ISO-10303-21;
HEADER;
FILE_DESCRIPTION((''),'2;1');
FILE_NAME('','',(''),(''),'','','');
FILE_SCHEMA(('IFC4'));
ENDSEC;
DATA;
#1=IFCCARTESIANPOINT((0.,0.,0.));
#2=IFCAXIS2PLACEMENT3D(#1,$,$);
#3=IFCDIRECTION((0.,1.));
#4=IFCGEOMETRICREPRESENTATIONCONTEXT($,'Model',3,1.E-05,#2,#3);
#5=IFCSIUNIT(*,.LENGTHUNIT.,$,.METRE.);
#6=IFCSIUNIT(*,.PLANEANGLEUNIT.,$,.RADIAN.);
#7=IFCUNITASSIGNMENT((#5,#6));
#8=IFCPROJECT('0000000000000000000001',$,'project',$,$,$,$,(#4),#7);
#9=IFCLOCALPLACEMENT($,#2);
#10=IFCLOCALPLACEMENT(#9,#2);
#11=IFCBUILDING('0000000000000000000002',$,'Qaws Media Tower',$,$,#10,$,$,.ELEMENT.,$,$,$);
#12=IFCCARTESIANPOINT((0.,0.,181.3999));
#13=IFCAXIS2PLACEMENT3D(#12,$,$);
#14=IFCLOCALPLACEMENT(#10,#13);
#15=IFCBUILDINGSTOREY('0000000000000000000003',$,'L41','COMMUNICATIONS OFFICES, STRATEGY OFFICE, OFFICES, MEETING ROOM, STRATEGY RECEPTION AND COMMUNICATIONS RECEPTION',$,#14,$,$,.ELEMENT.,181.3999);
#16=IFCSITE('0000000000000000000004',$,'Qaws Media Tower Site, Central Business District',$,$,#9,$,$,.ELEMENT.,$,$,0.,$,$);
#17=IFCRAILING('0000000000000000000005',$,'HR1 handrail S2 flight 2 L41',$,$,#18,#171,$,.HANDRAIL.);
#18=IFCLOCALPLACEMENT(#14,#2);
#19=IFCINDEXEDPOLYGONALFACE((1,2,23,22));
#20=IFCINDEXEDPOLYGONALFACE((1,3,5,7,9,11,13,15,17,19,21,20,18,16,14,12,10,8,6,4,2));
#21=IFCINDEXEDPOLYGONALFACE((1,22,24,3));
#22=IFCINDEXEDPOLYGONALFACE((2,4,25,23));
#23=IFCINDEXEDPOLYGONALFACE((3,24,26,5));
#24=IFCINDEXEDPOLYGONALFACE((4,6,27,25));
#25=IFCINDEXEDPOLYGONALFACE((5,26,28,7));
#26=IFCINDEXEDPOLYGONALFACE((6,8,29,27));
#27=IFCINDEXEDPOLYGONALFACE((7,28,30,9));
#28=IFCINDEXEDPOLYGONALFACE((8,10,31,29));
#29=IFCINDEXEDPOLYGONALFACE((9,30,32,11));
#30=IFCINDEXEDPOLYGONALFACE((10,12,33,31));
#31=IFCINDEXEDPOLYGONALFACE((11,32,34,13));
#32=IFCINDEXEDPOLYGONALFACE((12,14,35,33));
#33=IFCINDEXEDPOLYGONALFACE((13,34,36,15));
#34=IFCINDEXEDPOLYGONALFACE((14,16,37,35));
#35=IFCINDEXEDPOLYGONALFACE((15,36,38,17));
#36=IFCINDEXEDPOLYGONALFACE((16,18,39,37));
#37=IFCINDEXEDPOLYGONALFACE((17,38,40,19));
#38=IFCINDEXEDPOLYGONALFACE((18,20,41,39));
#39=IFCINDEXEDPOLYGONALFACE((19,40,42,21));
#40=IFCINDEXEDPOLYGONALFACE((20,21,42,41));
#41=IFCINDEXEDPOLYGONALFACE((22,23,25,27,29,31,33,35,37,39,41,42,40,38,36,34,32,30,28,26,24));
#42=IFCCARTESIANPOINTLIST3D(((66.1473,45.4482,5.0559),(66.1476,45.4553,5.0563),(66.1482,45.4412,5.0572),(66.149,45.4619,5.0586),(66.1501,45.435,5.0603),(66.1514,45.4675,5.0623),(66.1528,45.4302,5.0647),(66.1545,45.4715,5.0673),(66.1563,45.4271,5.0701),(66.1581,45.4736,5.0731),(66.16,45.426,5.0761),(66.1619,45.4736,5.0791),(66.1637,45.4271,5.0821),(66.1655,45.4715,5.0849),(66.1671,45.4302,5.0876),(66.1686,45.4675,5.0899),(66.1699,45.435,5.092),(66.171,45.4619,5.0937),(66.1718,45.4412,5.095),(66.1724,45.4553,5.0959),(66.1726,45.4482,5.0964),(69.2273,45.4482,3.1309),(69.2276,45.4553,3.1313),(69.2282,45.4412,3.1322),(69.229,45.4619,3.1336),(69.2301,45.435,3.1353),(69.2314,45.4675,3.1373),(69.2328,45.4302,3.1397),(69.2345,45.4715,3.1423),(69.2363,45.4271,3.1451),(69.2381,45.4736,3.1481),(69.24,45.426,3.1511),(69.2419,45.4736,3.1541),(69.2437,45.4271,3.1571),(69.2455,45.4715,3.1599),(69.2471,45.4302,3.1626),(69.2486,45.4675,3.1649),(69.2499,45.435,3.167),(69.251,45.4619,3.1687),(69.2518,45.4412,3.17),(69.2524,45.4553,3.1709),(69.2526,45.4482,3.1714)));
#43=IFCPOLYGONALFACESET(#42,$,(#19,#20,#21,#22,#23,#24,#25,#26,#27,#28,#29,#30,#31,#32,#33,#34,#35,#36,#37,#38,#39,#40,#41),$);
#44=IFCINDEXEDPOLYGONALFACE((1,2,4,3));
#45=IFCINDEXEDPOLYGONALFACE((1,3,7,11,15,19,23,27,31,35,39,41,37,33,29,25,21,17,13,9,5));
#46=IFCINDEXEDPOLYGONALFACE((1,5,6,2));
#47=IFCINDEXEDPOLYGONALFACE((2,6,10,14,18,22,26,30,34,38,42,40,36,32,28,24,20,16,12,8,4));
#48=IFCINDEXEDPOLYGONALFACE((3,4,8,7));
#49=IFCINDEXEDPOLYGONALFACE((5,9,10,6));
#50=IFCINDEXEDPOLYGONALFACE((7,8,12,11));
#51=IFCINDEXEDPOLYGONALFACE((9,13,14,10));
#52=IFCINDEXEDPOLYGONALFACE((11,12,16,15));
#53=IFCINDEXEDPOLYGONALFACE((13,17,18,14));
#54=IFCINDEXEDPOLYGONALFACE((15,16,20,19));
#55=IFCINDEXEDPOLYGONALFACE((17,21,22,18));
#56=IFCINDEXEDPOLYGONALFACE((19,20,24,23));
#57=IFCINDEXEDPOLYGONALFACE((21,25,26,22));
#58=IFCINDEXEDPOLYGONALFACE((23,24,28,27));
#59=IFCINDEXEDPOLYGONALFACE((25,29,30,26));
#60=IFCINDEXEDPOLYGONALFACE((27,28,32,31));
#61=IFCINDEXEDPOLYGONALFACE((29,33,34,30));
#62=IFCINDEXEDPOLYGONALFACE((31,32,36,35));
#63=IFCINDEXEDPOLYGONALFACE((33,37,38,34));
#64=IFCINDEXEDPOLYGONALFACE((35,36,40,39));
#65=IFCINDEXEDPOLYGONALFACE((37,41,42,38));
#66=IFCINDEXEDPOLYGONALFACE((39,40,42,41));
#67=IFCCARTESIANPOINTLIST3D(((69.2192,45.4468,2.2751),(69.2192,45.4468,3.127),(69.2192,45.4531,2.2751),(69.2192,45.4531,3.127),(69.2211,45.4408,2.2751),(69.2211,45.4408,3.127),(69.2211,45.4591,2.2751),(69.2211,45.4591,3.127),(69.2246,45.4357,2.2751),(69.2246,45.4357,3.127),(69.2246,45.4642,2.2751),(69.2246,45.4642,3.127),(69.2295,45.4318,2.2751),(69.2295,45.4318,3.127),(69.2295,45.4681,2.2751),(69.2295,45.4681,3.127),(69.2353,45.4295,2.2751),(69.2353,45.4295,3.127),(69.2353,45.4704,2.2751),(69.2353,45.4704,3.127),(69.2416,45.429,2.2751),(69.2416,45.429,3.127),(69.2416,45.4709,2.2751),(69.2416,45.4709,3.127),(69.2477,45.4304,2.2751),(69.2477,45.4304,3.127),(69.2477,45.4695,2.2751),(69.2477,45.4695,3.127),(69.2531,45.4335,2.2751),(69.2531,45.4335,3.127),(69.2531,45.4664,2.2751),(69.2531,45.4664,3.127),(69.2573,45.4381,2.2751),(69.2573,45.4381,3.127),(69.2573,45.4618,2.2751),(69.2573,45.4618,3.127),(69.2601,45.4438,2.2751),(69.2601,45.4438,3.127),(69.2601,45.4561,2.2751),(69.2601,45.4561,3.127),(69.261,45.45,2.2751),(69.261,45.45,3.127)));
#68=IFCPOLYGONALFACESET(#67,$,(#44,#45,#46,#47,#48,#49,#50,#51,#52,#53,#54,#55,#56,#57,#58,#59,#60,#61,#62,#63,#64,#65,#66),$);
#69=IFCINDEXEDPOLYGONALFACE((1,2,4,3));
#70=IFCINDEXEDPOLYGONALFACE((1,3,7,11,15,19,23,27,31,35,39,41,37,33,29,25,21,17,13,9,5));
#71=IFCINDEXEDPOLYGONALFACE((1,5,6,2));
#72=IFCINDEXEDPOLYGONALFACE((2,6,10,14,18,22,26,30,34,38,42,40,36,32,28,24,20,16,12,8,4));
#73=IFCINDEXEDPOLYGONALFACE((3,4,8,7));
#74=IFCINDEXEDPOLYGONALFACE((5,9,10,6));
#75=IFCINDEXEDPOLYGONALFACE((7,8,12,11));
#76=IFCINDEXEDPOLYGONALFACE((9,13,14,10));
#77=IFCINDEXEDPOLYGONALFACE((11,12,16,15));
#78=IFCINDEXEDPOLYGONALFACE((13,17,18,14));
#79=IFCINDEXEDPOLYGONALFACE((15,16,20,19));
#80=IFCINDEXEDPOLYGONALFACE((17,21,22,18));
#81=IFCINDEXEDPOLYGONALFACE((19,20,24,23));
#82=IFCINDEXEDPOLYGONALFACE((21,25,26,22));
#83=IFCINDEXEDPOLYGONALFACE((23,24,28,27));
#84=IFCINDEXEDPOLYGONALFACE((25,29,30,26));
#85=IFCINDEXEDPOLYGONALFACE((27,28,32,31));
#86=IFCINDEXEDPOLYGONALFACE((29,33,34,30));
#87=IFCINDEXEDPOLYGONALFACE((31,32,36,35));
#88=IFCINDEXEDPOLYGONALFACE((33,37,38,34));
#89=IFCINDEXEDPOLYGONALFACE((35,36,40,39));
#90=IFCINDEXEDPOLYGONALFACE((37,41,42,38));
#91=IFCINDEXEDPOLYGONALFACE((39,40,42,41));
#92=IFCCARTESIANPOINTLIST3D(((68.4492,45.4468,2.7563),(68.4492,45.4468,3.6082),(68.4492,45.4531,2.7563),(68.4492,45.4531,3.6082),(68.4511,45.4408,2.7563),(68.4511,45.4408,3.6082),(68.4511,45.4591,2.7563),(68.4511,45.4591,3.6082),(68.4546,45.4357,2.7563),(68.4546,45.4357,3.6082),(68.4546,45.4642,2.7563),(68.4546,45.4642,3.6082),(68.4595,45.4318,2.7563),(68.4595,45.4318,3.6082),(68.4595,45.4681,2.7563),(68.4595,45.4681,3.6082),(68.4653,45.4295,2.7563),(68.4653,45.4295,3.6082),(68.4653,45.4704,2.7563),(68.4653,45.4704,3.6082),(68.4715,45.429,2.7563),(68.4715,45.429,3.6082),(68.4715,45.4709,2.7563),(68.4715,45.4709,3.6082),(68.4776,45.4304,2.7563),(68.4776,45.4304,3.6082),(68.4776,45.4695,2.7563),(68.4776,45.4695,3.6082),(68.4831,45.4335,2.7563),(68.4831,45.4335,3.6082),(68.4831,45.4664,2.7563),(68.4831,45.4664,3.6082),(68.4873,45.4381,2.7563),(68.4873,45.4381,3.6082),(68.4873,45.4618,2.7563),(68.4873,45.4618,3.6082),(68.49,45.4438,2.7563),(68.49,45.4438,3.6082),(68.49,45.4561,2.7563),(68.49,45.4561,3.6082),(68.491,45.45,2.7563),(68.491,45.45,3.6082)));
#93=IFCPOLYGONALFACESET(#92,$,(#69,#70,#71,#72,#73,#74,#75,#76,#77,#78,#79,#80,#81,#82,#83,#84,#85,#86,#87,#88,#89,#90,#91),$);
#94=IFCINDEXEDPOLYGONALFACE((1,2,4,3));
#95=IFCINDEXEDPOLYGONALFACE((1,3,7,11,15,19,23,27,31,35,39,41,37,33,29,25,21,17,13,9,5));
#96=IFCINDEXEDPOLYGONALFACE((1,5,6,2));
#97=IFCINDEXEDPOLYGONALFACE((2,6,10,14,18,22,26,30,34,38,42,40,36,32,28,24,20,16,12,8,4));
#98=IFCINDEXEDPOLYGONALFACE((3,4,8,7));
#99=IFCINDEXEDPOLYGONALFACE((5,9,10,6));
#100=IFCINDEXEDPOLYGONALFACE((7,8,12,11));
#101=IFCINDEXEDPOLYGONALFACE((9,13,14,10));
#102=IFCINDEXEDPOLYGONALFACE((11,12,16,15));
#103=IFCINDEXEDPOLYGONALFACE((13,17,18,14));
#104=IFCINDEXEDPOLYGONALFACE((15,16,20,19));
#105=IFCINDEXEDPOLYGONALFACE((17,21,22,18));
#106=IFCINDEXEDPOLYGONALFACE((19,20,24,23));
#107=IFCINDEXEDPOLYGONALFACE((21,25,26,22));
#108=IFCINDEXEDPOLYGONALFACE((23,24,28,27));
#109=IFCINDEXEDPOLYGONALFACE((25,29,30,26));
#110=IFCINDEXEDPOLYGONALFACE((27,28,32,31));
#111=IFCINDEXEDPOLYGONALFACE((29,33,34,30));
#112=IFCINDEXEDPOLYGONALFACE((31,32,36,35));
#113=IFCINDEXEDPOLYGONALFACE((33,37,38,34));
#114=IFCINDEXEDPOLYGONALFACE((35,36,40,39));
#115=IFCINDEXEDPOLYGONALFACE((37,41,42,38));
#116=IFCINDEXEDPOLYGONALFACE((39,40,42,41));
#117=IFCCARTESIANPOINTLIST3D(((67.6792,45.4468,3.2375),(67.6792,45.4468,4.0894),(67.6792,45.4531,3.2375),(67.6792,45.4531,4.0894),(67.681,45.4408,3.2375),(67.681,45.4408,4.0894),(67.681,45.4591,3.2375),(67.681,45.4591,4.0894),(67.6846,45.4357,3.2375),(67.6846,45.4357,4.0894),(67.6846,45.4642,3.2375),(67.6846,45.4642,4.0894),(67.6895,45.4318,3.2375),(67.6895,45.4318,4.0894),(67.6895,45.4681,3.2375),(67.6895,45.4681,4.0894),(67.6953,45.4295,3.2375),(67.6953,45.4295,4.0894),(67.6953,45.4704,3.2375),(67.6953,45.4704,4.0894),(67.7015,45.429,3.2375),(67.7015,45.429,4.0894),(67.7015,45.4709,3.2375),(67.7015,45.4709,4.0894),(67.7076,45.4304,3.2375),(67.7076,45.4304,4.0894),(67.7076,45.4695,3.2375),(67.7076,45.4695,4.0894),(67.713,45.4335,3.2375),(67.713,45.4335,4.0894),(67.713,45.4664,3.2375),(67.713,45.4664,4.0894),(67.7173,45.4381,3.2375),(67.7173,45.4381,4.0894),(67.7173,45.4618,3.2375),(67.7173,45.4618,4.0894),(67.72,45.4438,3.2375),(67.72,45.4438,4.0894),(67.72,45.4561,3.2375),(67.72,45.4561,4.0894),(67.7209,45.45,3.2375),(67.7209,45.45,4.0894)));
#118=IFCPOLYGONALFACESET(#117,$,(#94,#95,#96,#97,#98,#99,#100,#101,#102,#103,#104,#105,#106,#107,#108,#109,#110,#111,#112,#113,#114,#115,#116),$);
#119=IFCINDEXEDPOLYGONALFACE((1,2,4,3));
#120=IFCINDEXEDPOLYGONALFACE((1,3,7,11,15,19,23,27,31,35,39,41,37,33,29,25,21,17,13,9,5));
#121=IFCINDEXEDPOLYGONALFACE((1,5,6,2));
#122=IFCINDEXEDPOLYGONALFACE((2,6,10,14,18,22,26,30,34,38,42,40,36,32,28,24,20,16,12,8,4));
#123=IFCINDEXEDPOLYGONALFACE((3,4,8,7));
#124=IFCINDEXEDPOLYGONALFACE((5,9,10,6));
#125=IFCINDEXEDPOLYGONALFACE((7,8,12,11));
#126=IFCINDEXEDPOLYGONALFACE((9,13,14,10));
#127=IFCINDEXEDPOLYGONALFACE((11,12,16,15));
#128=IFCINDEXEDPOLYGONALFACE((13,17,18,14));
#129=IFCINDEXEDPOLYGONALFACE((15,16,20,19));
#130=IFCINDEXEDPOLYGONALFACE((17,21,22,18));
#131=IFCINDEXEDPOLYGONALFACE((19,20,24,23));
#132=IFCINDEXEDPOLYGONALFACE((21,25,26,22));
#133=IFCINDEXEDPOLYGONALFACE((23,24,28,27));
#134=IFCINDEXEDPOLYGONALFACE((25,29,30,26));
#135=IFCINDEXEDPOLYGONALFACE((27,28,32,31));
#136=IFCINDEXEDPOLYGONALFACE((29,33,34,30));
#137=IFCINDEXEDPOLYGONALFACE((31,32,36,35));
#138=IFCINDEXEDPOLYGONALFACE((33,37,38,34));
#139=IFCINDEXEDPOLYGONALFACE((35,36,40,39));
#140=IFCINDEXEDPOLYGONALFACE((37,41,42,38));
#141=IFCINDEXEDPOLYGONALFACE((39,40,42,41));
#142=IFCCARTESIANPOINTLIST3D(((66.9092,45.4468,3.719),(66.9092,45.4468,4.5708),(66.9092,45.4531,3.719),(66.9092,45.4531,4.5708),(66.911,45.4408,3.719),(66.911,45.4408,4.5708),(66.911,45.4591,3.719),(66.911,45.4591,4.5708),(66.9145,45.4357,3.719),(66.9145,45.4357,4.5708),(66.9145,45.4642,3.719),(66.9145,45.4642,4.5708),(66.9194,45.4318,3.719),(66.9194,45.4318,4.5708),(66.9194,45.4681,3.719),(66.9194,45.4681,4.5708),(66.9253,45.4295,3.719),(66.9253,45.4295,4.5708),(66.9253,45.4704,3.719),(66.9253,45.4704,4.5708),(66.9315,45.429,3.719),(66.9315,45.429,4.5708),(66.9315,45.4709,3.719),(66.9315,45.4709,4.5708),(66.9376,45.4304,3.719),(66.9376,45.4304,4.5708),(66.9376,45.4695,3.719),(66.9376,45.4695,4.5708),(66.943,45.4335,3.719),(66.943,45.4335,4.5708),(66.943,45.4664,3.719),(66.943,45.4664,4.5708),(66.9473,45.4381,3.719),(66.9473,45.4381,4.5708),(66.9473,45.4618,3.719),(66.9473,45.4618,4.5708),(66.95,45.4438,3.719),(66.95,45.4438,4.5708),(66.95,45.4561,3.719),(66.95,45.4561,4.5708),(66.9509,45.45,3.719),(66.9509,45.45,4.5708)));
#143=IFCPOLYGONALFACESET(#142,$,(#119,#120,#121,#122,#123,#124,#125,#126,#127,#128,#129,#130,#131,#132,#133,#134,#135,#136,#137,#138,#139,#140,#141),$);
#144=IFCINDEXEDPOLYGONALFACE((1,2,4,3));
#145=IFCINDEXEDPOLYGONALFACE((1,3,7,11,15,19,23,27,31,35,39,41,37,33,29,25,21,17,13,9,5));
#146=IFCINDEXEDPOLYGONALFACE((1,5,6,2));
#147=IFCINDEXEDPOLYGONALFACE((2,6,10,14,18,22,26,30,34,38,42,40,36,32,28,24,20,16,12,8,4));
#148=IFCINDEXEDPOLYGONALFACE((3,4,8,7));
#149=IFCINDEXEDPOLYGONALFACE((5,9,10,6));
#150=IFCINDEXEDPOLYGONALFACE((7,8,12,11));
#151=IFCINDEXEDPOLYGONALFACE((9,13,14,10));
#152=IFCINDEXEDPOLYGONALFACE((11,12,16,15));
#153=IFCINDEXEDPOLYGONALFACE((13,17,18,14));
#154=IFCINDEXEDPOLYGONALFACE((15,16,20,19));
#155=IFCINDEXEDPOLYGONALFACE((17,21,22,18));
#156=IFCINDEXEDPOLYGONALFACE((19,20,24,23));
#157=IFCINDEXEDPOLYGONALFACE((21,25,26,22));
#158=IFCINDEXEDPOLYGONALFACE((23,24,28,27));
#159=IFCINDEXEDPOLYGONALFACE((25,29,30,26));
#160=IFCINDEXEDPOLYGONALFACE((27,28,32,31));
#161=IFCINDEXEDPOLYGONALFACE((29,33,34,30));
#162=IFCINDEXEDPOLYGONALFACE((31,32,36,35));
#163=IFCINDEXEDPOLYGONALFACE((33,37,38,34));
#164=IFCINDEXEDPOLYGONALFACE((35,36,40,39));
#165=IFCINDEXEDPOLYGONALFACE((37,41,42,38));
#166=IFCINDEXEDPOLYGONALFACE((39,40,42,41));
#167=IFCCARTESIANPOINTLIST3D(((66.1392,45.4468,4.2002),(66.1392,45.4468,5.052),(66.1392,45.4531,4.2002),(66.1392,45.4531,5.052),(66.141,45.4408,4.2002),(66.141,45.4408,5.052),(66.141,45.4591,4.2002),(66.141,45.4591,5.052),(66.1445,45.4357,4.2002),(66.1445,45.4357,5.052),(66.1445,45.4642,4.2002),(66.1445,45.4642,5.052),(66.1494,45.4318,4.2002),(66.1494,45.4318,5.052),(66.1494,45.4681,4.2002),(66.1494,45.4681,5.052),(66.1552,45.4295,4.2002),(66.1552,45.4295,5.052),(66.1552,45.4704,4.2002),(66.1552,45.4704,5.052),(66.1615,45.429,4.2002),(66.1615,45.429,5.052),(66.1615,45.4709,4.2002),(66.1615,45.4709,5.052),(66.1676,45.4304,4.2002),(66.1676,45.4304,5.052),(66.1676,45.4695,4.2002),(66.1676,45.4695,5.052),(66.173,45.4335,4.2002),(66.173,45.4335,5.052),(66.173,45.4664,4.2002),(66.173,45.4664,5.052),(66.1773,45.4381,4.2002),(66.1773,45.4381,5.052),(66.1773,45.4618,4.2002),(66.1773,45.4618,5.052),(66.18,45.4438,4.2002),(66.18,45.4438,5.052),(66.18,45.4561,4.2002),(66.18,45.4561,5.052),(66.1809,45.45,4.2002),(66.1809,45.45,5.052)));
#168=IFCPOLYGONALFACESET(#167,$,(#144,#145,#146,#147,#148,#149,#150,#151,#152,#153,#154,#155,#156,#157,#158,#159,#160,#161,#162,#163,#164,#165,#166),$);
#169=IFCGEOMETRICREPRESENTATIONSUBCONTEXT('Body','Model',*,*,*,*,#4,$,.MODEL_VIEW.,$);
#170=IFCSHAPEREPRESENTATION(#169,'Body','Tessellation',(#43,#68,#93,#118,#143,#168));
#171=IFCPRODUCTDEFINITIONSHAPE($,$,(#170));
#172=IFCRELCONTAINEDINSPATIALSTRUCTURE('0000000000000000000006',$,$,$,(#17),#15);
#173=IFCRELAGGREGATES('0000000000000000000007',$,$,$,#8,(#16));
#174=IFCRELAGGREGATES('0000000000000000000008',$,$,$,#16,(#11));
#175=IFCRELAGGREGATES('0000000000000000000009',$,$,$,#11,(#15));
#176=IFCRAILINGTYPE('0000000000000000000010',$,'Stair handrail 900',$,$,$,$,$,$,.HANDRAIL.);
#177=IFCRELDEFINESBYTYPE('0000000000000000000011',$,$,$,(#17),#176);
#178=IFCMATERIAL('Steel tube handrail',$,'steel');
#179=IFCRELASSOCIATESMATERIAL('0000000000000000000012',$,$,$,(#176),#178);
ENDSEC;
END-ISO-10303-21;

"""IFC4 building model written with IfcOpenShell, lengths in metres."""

from ifc_helpers import new_model, si_unit, direction, frame, origin, origin_2d, place, context, subcontext, project, spatial, circle, extrude, material, type_object, element, save


model = new_model("IFC4")

# Units and contexts
model_context = context("Model", 3, precision=1e-05, world=origin(), true_north=direction((0.0, 1.0)))
body_context = subcontext(model_context, "Body", "Model", "MODEL_VIEW")
ifc_project = project(units=[si_unit("LENGTHUNIT", "METRE"), si_unit("PLANEANGLEUNIT", "RADIAN")], contexts=[model_context])

# Site, building, storey
site_placement = place(None, origin())
site = spatial("IfcSite", under=ifc_project, at=site_placement, Name="Qaws Media Tower Site, Central Business District", CompositionType="ELEMENT", RefElevation=0.0)
building_placement = place(site_placement, origin())
building = spatial("IfcBuilding", under=site, at=building_placement, Name="Qaws Media Tower", CompositionType="ELEMENT")
storey_placement = place(building_placement, frame((0.0, 0.0, 181.3999)))
storey = spatial("IfcBuildingStorey", under=building, at=storey_placement, Name="L41", Description="COMMUNICATIONS OFFICES, STRATEGY OFFICE, OFFICES, MEETING ROOM, STRATEGY RECEPTION AND COMMUNICATIONS RECEPTION", CompositionType="ELEMENT", Elevation=181.3999)

# Railing
ifc_material_1 = material(Name="Steel tube handrail", Category="steel")
railing_type = type_object("IfcRailingType", Name="Stair handrail 900", PredefinedType="HANDRAIL", material=ifc_material_1)
for number, where, name in (
    (1, (69.24, 45.45, 2.2751), "HR1 handrail S2 flight 2 L41"),
):
    element("IfcRailing", number, at=place(storey_placement, frame(where)), inside=storey, type_object=railing_type, Name=name, PredefinedType="HANDRAIL", context=body_context, shape_type="SweptSolid", body=[
        extrude(circle(Radius=0.0239, at=origin_2d()), frame((0.0, 0.0, 0.876), z_axis=(-0.847998, 0.0, 0.529999), x_axis=(0.0, -1.0, 0.0)), (0.0, 0.0, 1.0), 3.6321),
        extrude(circle(Radius=0.021, at=origin_2d()), origin(), (0.0, 0.0, 1.0), 0.8518),
        extrude(circle(Radius=0.021, at=origin_2d()), frame((-0.77, 0.0, 0.4812)), (0.0, 0.0, 1.0), 0.8518),
        extrude(circle(Radius=0.021, at=origin_2d()), frame((-1.54, 0.0, 0.9624)), (0.0, 0.0, 1.0), 0.8518),
        extrude(circle(Radius=0.021, at=origin_2d()), frame((-2.3101, 0.0, 1.4438)), (0.0, 0.0, 1.0), 0.8518),
        extrude(circle(Radius=0.021, at=origin_2d()), frame((-3.0801, 0.0, 1.925)), (0.0, 0.0, 1.0), 0.8518),
    ])

save(model, "model.ifc")
